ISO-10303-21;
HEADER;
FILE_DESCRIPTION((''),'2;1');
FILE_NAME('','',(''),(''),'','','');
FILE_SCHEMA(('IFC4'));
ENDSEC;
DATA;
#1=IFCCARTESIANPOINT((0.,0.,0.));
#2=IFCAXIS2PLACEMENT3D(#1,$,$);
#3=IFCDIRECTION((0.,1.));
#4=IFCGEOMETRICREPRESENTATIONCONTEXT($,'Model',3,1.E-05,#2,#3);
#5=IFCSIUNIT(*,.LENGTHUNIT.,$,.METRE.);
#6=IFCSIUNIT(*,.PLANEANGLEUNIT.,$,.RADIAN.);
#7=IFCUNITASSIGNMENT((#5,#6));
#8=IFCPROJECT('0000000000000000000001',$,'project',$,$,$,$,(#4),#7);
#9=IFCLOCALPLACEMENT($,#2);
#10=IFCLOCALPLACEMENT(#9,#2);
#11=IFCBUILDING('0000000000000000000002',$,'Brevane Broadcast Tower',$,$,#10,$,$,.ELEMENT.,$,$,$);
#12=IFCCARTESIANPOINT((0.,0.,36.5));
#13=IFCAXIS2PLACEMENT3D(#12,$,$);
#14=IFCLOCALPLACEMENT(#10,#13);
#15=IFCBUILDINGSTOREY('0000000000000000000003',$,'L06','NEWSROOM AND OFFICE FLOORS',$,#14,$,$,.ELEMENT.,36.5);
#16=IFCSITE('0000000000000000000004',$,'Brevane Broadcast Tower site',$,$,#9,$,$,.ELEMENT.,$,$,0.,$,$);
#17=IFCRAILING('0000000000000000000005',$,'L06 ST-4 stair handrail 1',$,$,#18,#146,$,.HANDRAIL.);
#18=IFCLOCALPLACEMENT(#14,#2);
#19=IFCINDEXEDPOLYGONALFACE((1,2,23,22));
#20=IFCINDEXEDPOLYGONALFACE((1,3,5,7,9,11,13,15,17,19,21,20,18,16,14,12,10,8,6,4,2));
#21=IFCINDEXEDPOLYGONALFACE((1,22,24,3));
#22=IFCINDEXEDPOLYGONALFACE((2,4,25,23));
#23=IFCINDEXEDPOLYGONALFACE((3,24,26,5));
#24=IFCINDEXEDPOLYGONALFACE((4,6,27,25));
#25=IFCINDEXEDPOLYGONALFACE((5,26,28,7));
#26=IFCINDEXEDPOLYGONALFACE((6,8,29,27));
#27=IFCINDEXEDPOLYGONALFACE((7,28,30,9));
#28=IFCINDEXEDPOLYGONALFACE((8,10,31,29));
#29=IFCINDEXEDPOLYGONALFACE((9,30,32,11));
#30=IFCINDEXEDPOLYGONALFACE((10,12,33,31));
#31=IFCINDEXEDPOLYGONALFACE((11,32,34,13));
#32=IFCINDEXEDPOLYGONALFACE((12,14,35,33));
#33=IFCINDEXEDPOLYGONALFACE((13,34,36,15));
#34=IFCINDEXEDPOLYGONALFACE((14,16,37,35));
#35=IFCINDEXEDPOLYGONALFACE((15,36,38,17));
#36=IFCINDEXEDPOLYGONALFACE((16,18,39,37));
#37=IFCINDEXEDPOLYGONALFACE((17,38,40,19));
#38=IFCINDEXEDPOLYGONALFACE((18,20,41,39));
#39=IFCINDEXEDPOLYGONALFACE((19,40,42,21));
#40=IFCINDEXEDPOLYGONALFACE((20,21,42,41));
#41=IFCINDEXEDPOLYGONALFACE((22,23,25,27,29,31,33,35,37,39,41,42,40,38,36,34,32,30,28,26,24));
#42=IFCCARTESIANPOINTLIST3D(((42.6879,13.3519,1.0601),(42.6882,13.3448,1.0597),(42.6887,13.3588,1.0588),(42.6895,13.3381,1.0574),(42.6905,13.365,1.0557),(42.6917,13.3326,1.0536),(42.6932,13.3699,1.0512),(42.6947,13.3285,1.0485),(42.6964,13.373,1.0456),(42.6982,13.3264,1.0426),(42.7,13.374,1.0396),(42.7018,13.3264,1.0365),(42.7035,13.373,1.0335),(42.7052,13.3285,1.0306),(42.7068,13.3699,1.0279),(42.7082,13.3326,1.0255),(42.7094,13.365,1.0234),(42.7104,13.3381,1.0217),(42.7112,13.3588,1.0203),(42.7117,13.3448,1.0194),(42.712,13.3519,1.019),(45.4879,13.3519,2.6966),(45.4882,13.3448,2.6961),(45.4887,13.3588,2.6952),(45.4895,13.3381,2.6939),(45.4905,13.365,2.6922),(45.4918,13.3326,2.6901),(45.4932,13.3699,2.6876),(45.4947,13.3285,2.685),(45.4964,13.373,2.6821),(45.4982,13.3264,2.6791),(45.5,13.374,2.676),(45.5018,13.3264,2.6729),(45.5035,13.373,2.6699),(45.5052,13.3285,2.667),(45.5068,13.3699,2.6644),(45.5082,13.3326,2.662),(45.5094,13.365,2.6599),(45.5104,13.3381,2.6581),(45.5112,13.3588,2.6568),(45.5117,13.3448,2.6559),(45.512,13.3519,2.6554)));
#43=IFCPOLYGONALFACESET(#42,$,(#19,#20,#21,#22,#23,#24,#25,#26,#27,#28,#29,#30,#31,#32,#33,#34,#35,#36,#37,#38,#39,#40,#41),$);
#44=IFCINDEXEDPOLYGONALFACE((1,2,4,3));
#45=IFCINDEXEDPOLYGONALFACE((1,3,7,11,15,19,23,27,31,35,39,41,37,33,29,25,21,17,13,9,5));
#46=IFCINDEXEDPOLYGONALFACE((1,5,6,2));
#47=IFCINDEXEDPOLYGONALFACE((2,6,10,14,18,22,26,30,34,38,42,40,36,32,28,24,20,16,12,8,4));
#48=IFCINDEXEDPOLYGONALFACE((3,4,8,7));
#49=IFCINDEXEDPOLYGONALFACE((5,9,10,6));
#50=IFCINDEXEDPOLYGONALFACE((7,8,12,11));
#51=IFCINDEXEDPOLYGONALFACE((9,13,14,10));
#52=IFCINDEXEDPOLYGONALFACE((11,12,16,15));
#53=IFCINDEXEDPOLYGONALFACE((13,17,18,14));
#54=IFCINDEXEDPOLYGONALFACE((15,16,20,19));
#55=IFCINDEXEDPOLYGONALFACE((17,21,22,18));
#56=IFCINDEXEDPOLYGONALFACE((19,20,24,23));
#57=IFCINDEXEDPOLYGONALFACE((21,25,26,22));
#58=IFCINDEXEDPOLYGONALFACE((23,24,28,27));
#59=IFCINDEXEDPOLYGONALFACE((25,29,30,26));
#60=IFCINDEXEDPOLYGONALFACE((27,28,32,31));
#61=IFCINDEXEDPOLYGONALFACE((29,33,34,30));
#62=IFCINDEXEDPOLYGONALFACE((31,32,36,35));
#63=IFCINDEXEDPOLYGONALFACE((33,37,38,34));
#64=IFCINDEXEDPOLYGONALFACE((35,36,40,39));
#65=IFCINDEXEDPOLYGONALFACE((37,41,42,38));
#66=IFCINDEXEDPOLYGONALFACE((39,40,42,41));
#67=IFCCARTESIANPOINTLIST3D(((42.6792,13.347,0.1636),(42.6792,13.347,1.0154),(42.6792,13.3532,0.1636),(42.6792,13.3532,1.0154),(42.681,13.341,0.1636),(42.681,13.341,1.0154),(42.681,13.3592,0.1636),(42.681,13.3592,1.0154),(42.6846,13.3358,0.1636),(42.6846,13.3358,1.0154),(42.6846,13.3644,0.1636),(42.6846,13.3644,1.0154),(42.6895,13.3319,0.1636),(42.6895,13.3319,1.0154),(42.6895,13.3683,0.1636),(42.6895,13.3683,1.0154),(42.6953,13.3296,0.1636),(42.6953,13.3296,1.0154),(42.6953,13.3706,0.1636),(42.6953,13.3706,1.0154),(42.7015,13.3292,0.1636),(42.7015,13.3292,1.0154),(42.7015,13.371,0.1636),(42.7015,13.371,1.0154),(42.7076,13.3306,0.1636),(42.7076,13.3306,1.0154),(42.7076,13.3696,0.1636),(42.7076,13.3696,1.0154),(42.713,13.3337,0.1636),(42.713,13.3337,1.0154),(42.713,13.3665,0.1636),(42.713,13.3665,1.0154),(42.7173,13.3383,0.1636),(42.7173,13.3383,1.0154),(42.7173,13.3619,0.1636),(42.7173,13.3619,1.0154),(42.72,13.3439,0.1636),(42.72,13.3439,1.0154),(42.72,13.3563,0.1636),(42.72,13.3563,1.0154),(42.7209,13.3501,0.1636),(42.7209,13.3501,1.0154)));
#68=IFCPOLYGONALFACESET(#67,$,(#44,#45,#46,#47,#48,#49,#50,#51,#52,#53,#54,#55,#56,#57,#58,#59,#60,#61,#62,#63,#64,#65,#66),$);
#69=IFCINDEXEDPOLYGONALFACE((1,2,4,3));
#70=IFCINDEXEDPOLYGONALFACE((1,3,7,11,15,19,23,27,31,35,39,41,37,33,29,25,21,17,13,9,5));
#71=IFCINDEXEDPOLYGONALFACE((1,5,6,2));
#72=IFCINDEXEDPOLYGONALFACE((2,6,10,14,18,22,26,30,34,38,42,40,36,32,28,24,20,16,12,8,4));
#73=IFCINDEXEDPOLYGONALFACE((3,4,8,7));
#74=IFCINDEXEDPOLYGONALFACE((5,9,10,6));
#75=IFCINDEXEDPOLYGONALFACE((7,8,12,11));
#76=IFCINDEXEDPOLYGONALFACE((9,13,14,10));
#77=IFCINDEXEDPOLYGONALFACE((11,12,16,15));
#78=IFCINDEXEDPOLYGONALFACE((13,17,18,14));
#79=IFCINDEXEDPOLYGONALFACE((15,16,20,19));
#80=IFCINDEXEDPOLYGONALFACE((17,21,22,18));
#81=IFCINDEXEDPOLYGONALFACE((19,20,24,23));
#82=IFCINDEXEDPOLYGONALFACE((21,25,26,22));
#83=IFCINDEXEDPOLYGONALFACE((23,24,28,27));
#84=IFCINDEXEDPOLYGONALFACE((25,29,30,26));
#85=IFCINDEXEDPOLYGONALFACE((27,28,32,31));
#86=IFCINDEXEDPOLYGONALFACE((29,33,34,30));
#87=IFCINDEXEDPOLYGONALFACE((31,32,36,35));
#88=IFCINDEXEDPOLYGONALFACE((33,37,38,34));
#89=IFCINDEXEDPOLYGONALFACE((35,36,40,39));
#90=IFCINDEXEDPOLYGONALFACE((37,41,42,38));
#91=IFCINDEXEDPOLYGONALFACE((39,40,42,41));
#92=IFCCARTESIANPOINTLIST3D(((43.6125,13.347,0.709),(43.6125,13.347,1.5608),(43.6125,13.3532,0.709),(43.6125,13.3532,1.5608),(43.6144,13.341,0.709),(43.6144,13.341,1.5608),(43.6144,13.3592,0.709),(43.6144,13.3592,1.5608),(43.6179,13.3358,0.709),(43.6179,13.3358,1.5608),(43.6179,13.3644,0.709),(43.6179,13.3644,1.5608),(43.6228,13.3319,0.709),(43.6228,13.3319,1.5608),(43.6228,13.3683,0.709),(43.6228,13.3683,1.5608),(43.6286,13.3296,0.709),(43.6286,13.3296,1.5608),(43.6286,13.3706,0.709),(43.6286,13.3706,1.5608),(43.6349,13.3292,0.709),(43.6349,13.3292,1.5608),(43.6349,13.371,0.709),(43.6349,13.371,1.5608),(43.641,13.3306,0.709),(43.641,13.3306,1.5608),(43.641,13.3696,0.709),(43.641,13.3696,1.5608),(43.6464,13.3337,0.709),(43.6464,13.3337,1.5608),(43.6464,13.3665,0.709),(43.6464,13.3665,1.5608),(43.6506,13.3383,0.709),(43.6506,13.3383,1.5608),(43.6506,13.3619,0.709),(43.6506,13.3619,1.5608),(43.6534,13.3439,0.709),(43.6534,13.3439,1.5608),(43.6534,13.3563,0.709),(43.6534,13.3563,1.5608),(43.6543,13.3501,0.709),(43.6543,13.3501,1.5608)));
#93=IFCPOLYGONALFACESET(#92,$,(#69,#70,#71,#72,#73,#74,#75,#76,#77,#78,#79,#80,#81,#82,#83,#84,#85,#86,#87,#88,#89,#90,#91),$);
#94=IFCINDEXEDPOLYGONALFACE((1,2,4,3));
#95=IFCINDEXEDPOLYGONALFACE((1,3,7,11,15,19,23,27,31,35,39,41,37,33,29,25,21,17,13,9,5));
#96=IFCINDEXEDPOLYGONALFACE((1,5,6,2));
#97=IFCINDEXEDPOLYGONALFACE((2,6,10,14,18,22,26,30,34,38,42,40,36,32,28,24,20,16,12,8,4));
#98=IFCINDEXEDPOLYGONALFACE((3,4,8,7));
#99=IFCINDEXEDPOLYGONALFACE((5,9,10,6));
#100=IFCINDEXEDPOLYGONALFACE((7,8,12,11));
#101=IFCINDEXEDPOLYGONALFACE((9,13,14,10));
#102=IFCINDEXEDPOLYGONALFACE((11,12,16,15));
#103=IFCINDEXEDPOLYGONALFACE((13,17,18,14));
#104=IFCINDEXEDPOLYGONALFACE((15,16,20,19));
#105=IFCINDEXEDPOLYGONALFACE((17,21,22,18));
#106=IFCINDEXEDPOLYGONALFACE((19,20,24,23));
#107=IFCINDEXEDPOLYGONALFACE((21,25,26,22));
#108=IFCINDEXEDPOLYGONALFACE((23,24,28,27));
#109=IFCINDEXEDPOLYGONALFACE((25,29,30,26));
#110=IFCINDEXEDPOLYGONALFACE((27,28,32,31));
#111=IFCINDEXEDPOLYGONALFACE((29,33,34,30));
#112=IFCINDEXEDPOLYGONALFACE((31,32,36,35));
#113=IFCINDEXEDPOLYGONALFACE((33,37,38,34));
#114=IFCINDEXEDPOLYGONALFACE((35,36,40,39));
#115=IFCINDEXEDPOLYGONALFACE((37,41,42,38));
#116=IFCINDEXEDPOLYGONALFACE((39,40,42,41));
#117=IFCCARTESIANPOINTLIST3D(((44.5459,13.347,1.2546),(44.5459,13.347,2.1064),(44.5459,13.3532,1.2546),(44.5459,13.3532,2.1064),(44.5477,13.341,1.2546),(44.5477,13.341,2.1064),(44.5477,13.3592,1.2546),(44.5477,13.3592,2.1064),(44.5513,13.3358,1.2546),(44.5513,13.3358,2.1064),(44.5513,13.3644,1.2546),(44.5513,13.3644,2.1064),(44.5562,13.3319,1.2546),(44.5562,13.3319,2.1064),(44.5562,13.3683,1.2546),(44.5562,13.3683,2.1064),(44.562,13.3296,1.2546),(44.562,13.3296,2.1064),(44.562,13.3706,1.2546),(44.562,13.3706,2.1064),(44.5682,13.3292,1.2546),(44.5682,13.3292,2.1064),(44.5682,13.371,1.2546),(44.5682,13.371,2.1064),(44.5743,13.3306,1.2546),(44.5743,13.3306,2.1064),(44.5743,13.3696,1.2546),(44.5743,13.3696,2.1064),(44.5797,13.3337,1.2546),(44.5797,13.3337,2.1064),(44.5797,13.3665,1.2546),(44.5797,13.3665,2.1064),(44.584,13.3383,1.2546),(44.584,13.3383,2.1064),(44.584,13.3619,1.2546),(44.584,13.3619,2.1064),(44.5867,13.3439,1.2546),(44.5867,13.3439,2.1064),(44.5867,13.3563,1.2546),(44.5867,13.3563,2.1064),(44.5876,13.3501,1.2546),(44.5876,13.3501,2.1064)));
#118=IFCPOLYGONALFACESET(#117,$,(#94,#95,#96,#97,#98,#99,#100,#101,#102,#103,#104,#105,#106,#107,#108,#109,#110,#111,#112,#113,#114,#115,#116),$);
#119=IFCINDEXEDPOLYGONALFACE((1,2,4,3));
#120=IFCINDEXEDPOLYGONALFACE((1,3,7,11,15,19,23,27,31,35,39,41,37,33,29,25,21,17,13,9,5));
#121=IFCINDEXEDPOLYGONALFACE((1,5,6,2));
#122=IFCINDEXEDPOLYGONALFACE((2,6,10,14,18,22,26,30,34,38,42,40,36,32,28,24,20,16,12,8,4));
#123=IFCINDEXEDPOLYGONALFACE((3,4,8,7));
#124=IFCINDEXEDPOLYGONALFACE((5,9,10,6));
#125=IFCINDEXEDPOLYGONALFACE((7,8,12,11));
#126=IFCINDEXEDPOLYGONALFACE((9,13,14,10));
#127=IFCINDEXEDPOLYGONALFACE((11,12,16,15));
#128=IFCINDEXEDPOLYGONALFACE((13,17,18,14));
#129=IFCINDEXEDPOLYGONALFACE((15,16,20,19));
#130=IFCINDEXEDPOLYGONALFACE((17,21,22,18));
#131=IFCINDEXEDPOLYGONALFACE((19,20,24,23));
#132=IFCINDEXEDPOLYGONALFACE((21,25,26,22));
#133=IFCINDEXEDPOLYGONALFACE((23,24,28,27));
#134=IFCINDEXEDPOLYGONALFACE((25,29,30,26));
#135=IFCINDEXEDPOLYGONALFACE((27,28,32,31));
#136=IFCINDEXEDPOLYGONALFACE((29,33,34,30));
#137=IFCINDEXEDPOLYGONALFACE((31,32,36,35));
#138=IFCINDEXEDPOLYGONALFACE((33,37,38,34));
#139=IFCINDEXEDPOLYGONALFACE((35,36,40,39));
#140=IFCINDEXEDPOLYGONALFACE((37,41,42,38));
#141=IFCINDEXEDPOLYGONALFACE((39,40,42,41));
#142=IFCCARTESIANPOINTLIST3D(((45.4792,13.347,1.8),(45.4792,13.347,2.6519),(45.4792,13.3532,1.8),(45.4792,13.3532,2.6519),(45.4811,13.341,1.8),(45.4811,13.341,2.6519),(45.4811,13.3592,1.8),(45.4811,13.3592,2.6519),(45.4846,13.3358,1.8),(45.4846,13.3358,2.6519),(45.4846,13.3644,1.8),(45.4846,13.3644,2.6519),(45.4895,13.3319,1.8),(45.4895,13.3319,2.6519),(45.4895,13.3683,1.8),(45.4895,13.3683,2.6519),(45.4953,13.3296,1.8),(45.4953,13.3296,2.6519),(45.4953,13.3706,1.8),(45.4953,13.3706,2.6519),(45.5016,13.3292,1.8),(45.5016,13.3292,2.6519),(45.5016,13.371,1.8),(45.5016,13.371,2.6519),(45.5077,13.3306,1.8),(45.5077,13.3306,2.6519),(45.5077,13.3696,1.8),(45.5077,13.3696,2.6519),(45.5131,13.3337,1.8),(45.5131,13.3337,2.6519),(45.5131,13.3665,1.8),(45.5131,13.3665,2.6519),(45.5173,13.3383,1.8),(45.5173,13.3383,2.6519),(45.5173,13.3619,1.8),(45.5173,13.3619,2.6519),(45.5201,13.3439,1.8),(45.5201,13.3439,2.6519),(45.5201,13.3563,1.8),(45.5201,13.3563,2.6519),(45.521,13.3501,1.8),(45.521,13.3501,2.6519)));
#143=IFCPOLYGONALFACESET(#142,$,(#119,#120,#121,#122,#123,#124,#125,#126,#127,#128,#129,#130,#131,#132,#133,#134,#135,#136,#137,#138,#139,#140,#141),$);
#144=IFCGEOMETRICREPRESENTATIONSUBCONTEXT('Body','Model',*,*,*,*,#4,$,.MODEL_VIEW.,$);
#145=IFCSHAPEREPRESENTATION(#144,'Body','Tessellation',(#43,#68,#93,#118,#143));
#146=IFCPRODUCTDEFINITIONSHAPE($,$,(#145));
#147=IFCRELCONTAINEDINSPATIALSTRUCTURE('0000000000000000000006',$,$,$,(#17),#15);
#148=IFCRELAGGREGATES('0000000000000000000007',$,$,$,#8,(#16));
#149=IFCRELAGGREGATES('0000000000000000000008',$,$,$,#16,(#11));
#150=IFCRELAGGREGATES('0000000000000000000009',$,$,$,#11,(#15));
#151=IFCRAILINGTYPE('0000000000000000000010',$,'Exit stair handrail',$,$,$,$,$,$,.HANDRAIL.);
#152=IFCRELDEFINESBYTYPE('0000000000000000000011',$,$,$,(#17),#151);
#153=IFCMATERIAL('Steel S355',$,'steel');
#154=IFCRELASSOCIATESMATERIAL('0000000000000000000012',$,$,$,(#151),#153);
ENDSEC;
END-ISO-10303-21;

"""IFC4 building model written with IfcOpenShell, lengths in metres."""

from ifc_helpers import new_model, si_unit, direction, frame, origin, origin_2d, place, context, subcontext, project, spatial, circle, extrude, material, type_object, element, save


model = new_model("IFC4")

# Units and contexts
model_context = context("Model", 3, precision=1e-05, world=origin(), true_north=direction((0.0, 1.0)))
body_context = subcontext(model_context, "Body", "Model", "MODEL_VIEW")
ifc_project = project(units=[si_unit("LENGTHUNIT", "METRE"), si_unit("PLANEANGLEUNIT", "RADIAN")], contexts=[model_context])

# Site, building, storey
site_placement = place(None, origin())
site = spatial("IfcSite", under=ifc_project, at=site_placement, Name="Brevane Broadcast Tower site", CompositionType="ELEMENT", RefElevation=0.0)
building_placement = place(site_placement, origin())
building = spatial("IfcBuilding", under=site, at=building_placement, Name="Brevane Broadcast Tower", CompositionType="ELEMENT")
storey_placement = place(building_placement, frame((0.0, 0.0, 36.5)))
storey = spatial("IfcBuildingStorey", under=building, at=storey_placement, Name="L06", Description="NEWSROOM AND OFFICE FLOORS", CompositionType="ELEMENT", Elevation=36.5)

# Railing
ifc_material_1 = material(Name="Steel S355", Category="steel")
railing_type_1 = type_object("IfcRailingType", Name="Exit stair handrail", PredefinedType="HANDRAIL", material=ifc_material_1)
railing_1_placement = place(storey_placement, frame((42.7, 13.3501, 0.1636)))
element("IfcRailing", 1, at=railing_1_placement, inside=storey, type_object=railing_type_1, Name="L06 ST-4 stair handrail 1", PredefinedType="HANDRAIL", context=body_context, shape_type="SweptSolid", body=[
    extrude(circle(Radius=0.0239, at=origin_2d()), frame((0.0, 0.0, 0.876), z_axis=(0.863361, 0.0, 0.504587), x_axis=(0.0, 1.0, 0.0)), (0.0, 0.0, 1.0), 3.2432),
    extrude(circle(Radius=0.021, at=origin_2d()), origin(), (0.0, 0.0, 1.0), 0.8518),
    extrude(circle(Radius=0.021, at=origin_2d()), frame((0.9333, 0.0, 0.5454)), (0.0, 0.0, 1.0), 0.8518),
    extrude(circle(Radius=0.021, at=origin_2d()), frame((1.8667, 0.0, 1.0911)), (0.0, 0.0, 1.0), 0.8518),
    extrude(circle(Radius=0.021, at=origin_2d()), frame((2.8, 0.0, 1.6365)), (0.0, 0.0, 1.0), 0.8518),
])

save(model, "model.ifc")
